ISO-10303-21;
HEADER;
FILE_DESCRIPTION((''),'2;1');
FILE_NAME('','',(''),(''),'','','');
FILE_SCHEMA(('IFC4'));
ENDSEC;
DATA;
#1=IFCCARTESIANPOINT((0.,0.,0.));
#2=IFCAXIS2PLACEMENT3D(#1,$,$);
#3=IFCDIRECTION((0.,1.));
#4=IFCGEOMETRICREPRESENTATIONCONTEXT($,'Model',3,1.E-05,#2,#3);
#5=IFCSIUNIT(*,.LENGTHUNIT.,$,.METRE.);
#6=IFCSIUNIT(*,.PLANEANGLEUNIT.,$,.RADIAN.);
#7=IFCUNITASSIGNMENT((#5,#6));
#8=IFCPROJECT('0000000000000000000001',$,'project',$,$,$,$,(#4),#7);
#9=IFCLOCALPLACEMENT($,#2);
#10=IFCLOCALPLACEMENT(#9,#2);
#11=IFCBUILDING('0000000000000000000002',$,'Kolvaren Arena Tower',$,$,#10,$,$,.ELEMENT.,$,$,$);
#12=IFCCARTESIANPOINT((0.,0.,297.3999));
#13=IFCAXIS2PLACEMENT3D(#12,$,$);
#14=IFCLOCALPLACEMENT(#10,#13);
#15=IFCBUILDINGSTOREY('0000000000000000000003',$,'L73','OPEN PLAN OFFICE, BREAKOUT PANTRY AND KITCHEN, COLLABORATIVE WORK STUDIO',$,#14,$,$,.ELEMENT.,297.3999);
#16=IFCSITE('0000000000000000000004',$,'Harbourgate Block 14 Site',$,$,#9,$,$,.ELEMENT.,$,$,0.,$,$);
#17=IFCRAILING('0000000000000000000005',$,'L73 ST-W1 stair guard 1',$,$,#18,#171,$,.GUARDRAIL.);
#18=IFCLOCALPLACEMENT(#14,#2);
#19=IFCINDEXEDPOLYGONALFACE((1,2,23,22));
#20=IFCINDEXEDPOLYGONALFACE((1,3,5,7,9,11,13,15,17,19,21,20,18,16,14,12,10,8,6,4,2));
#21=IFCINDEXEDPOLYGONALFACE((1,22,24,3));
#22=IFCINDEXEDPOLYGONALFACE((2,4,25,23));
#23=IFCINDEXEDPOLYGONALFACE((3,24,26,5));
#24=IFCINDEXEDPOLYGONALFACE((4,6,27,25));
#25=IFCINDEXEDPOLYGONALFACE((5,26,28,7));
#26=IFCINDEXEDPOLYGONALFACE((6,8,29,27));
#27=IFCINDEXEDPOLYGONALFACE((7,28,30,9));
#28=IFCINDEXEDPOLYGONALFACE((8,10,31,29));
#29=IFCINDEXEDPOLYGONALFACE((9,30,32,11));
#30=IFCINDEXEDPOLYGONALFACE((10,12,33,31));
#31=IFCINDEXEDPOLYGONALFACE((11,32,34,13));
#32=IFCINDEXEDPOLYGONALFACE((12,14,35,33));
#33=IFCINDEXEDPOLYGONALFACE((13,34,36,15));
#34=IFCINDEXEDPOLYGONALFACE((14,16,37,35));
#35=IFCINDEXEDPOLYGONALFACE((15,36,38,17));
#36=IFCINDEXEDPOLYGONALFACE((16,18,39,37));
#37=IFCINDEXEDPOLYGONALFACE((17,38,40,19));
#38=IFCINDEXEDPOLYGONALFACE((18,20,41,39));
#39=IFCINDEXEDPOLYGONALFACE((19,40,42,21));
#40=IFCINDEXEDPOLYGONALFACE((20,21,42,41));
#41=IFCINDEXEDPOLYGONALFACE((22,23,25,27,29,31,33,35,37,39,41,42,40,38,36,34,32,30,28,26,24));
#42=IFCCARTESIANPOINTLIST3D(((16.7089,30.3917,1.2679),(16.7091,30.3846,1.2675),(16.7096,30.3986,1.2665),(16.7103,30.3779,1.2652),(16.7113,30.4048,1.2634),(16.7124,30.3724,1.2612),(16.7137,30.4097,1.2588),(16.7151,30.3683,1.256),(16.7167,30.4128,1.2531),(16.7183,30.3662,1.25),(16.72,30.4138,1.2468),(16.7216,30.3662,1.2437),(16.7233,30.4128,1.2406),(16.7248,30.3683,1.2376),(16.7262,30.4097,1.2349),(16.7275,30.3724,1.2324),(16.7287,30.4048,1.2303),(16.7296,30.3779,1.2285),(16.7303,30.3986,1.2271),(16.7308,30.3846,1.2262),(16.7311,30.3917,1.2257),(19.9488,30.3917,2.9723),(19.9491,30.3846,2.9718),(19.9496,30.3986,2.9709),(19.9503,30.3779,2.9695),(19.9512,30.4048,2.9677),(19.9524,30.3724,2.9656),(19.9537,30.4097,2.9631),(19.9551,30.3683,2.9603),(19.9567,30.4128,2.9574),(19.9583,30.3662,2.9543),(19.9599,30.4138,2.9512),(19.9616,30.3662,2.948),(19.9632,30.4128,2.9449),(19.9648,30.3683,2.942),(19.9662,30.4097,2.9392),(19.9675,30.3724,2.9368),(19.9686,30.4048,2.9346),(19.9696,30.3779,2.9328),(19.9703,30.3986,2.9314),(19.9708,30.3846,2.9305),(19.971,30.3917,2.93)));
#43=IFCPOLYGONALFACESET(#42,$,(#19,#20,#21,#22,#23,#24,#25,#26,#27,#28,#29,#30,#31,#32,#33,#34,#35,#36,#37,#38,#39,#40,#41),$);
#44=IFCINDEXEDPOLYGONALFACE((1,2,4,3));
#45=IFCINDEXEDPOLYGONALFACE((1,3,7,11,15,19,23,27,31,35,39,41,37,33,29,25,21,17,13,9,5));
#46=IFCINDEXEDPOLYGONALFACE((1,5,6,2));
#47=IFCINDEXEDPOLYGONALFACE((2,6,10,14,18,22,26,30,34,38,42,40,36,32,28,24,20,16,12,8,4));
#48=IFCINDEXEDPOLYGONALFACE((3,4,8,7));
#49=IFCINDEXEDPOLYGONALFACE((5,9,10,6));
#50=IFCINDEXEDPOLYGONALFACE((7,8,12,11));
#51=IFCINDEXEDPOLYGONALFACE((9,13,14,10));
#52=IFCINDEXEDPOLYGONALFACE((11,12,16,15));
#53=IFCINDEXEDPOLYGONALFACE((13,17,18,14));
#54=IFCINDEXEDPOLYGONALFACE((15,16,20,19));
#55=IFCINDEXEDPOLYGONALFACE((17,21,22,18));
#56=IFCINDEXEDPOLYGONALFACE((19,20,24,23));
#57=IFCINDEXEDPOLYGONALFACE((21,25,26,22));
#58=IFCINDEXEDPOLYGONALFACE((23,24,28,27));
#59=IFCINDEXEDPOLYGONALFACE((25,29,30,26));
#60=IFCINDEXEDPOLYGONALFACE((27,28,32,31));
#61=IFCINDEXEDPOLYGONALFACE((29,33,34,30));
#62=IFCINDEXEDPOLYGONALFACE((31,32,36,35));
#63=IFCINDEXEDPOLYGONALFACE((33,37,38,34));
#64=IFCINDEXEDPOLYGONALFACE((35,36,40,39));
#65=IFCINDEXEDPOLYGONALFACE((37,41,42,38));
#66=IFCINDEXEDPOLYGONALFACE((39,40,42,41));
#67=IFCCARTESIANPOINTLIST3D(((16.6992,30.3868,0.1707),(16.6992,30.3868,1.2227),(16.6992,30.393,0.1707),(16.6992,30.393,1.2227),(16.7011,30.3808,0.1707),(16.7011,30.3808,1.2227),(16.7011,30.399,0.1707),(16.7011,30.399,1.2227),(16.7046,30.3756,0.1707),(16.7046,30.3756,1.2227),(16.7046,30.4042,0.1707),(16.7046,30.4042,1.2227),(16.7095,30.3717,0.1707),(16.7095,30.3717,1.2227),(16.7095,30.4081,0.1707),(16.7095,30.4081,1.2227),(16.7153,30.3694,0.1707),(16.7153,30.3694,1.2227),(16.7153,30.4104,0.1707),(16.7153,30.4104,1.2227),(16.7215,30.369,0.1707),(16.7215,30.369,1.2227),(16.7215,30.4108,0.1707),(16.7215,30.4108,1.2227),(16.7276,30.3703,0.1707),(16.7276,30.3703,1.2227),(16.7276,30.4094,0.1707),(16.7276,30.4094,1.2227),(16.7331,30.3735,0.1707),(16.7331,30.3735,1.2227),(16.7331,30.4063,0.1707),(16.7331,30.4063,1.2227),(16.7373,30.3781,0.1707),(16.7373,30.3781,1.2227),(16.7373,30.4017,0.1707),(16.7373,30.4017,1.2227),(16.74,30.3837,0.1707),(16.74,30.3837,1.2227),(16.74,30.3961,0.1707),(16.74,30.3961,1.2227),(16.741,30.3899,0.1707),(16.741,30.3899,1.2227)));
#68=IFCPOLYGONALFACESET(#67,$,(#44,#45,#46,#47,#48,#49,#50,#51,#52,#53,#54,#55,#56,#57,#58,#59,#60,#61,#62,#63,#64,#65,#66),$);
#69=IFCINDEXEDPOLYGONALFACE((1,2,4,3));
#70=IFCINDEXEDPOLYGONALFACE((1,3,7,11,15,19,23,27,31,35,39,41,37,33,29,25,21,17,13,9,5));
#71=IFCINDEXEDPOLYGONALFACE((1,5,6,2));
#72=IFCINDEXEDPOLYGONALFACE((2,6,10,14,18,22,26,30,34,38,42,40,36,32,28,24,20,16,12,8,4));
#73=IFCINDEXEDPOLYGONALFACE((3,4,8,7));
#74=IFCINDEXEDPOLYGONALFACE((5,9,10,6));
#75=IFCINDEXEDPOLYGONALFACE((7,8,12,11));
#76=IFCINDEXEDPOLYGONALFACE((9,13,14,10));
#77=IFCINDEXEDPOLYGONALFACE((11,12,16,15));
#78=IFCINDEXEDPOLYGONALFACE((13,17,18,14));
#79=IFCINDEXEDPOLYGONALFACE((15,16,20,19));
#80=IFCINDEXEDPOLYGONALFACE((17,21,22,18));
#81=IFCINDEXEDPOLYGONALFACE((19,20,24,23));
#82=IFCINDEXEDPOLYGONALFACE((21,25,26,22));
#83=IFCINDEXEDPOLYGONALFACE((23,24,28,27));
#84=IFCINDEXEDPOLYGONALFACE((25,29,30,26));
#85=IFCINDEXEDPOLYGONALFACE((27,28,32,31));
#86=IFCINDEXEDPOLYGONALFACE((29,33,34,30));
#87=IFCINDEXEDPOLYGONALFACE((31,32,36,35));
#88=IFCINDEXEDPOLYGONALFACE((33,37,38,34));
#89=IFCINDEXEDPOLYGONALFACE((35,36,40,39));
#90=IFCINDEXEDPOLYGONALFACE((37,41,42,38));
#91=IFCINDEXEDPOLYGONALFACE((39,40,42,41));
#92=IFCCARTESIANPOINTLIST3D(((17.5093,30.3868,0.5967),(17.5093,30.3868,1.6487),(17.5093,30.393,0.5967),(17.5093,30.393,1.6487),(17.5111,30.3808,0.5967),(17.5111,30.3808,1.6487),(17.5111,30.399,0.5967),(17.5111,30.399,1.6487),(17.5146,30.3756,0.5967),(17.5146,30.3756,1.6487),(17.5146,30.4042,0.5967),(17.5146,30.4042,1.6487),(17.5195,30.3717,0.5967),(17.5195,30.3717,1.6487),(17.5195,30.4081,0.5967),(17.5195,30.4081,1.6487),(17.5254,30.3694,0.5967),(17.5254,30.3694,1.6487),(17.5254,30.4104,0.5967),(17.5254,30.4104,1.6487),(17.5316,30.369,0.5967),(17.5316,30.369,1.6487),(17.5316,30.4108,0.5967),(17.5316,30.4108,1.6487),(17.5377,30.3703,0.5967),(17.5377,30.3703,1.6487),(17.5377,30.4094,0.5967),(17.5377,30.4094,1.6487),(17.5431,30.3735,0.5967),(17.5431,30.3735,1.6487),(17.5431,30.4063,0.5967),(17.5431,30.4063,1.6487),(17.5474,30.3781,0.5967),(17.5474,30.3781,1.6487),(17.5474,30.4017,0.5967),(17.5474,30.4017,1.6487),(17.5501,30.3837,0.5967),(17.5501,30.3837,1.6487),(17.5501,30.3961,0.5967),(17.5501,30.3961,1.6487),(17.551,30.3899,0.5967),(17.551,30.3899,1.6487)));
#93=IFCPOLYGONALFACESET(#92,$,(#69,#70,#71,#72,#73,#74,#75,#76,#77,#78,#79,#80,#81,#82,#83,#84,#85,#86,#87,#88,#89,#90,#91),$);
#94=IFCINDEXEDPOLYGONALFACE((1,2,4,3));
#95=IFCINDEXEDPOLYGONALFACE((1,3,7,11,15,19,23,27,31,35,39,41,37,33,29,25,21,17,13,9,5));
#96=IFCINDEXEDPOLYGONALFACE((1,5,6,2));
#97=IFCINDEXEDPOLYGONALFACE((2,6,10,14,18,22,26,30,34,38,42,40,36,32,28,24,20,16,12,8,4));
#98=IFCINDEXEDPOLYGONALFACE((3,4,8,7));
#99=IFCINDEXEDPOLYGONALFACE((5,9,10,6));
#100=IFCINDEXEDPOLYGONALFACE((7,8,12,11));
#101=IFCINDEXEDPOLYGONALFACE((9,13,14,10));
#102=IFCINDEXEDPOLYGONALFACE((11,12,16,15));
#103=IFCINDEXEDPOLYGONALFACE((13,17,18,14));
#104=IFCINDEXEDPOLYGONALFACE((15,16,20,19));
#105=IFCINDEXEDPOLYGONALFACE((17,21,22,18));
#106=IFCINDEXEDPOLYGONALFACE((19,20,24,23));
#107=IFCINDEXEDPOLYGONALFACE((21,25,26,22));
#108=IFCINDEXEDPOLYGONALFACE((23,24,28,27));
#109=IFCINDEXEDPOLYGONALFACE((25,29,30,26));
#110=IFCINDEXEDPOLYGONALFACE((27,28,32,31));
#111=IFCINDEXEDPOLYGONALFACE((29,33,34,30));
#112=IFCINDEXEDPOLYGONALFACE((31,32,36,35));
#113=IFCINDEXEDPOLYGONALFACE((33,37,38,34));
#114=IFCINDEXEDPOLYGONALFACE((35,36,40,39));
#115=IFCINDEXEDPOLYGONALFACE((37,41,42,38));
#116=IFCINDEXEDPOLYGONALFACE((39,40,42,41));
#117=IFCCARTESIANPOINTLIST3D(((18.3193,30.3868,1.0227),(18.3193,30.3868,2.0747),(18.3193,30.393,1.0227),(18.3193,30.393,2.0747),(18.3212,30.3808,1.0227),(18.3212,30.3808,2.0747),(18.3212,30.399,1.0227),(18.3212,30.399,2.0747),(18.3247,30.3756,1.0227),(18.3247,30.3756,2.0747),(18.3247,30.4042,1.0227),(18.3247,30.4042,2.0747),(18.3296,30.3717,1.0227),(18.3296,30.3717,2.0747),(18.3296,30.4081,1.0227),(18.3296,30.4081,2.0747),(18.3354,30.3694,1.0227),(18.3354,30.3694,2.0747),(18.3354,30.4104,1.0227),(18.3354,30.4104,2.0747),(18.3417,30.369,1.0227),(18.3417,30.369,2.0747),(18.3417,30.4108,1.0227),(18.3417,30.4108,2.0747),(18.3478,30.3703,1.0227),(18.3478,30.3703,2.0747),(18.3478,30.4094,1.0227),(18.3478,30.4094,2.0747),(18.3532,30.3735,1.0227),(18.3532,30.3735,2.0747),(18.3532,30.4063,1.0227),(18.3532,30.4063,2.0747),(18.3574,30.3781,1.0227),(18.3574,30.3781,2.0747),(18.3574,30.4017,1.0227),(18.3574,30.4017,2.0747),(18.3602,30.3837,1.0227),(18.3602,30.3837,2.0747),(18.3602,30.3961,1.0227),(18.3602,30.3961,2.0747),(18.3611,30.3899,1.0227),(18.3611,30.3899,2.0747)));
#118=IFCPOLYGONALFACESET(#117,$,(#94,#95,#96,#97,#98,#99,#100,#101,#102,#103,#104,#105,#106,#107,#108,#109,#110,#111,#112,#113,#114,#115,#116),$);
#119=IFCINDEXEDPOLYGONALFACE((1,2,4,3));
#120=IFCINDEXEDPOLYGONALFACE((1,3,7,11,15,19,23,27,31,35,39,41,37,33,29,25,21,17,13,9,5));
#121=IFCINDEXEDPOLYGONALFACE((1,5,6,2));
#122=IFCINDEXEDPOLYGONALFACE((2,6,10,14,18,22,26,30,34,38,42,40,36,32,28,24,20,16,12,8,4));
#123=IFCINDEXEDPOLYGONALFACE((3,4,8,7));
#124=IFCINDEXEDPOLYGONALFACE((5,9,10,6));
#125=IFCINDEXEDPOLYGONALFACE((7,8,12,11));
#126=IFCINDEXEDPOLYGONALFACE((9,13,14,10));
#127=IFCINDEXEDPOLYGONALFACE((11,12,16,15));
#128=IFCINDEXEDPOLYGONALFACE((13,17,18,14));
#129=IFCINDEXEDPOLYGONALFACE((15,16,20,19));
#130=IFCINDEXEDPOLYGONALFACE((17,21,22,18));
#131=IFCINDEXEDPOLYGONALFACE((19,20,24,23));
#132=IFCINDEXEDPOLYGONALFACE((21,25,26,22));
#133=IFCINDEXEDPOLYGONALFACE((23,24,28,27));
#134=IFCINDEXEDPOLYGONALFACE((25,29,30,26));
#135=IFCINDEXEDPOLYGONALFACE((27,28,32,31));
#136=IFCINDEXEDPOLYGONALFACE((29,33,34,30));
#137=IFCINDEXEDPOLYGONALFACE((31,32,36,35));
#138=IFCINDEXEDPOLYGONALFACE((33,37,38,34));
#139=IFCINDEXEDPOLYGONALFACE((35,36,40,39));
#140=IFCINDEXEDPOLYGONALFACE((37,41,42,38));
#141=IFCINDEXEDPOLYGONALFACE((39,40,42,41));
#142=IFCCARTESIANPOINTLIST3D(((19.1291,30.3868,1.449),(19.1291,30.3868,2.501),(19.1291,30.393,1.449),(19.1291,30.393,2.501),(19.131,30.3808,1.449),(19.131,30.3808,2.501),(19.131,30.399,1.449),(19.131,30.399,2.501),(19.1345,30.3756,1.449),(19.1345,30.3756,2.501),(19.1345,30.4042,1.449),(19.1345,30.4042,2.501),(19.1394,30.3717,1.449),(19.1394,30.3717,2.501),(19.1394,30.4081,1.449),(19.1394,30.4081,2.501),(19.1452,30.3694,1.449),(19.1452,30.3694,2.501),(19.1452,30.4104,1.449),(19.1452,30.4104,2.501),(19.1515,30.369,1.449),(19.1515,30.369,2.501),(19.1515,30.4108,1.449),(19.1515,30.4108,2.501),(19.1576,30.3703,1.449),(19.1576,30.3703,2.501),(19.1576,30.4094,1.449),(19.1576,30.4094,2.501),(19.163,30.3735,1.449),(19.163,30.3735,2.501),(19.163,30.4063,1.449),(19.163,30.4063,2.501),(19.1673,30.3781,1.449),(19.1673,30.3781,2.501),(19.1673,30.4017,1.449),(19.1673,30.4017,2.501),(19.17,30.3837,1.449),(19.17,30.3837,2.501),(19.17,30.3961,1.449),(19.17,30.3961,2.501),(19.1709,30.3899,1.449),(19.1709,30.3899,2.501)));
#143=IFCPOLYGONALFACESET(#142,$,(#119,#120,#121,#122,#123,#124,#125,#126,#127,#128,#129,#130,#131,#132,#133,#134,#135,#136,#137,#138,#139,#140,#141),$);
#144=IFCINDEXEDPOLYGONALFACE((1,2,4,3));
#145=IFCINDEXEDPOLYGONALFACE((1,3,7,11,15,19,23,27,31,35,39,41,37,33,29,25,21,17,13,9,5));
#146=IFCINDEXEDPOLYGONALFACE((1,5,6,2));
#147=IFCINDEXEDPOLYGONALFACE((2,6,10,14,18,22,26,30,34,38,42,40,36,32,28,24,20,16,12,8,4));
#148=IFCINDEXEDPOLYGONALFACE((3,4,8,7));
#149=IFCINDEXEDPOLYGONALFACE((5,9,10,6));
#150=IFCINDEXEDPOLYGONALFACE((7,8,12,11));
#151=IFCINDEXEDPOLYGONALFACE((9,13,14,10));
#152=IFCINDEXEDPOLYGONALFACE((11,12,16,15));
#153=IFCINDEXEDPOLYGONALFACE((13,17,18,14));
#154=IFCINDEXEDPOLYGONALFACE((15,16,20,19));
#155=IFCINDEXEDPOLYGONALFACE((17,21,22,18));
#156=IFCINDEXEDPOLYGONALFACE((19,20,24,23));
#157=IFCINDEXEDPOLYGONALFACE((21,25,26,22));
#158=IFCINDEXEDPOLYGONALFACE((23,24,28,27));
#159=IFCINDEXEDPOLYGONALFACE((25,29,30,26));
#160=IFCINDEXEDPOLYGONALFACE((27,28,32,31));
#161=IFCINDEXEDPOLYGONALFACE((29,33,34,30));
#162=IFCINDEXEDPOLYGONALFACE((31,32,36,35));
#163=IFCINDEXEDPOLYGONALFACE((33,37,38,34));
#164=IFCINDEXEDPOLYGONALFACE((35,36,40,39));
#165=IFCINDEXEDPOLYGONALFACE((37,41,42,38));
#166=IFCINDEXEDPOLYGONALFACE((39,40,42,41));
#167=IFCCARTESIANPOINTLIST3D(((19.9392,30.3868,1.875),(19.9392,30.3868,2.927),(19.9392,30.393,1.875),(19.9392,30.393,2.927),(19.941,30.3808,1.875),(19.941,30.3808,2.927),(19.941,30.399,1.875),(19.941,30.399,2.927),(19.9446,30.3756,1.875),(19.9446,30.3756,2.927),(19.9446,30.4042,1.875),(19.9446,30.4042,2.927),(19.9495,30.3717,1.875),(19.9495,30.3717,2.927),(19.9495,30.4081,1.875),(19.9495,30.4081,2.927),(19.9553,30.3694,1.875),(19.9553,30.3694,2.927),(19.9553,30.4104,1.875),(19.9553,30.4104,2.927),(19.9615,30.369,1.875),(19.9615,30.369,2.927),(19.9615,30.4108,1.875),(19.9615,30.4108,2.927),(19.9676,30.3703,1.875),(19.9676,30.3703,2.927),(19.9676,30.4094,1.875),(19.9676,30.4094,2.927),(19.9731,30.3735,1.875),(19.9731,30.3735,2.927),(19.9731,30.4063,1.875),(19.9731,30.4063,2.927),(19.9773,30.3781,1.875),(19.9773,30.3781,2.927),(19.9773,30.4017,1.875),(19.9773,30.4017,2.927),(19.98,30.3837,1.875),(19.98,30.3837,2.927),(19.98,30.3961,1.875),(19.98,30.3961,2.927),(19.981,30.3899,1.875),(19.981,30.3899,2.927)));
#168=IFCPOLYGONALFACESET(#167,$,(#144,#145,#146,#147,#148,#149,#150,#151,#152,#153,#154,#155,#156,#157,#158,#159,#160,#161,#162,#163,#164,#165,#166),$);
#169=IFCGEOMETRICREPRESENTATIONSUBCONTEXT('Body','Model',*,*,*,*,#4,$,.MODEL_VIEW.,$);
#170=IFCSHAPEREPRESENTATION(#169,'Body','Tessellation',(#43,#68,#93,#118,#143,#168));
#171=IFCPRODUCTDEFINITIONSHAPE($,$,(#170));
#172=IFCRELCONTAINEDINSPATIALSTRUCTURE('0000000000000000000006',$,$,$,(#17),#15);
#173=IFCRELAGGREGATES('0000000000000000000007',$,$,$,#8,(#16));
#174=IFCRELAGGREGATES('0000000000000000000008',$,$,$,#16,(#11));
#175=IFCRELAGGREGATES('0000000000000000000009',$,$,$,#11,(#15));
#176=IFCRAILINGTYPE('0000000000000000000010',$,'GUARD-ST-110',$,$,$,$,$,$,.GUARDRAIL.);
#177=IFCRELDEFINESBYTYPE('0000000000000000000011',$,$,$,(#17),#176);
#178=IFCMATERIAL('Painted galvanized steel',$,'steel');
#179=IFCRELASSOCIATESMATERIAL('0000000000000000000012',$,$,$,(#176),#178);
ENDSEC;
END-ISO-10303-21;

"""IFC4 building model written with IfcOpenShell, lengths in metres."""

from ifc_helpers import new_model, si_unit, direction, frame, origin, origin_2d, place, context, subcontext, project, spatial, circle, extrude, material, type_object, element, save


model = new_model("IFC4")

# Units and contexts
model_context = context("Model", 3, precision=1e-05, world=origin(), true_north=direction((0.0, 1.0)))
body_context = subcontext(model_context, "Body", "Model", "MODEL_VIEW")
ifc_project = project(units=[si_unit("LENGTHUNIT", "METRE"), si_unit("PLANEANGLEUNIT", "RADIAN")], contexts=[model_context])

# Site, building, storey
site_placement = place(None, origin())
site = spatial("IfcSite", under=ifc_project, at=site_placement, Name="Harbourgate Block 14 Site", CompositionType="ELEMENT", RefElevation=0.0)
building_placement = place(site_placement, origin())
building = spatial("IfcBuilding", under=site, at=building_placement, Name="Kolvaren Arena Tower", CompositionType="ELEMENT")
storey_placement = place(building_placement, frame((0.0, 0.0, 297.3999)))
storey = spatial("IfcBuildingStorey", under=building, at=storey_placement, Name="L73", Description="OPEN PLAN OFFICE, BREAKOUT PANTRY AND KITCHEN, COLLABORATIVE WORK STUDIO", CompositionType="ELEMENT", Elevation=297.3999)

# Railing
ifc_material_1 = material(Name="Painted galvanized steel", Category="steel")
railing_type_1 = type_object("IfcRailingType", Name="GUARD-ST-110", PredefinedType="GUARDRAIL", material=ifc_material_1)
railing_1_placement = place(storey_placement, frame((16.72, 30.3899, 0.1707)))
element("IfcRailing", 1, at=railing_1_placement, inside=storey, type_object=railing_type_1, Name="L73 ST-W1 stair guard 1", PredefinedType="GUARDRAIL", context=body_context, shape_type="SweptSolid", body=[
    extrude(circle(Radius=0.0239, at=origin_2d()), frame((0.0, 0.0, 1.0762), z_axis=(0.885021, 0.0, 0.465551), x_axis=(0.0, 1.0, 0.0)), (0.0, 0.0, 1.0), 3.6609),
    extrude(circle(Radius=0.021, at=origin_2d()), origin(), (0.0, 0.0, 1.0), 1.052),
    extrude(circle(Radius=0.021, at=origin_2d()), frame((0.8101, 0.0, 0.426)), (0.0, 0.0, 1.0), 1.052),
    extrude(circle(Radius=0.021, at=origin_2d()), frame((1.6201, 0.0, 0.8521)), (0.0, 0.0, 1.0), 1.052),
    extrude(circle(Radius=0.021, at=origin_2d()), frame((2.4299, 0.0, 1.2783)), (0.0, 0.0, 1.0), 1.052),
    extrude(circle(Radius=0.021, at=origin_2d()), frame((3.24, 0.0, 1.7043)), (0.0, 0.0, 1.0), 1.052),
])

save(model, "model.ifc")
